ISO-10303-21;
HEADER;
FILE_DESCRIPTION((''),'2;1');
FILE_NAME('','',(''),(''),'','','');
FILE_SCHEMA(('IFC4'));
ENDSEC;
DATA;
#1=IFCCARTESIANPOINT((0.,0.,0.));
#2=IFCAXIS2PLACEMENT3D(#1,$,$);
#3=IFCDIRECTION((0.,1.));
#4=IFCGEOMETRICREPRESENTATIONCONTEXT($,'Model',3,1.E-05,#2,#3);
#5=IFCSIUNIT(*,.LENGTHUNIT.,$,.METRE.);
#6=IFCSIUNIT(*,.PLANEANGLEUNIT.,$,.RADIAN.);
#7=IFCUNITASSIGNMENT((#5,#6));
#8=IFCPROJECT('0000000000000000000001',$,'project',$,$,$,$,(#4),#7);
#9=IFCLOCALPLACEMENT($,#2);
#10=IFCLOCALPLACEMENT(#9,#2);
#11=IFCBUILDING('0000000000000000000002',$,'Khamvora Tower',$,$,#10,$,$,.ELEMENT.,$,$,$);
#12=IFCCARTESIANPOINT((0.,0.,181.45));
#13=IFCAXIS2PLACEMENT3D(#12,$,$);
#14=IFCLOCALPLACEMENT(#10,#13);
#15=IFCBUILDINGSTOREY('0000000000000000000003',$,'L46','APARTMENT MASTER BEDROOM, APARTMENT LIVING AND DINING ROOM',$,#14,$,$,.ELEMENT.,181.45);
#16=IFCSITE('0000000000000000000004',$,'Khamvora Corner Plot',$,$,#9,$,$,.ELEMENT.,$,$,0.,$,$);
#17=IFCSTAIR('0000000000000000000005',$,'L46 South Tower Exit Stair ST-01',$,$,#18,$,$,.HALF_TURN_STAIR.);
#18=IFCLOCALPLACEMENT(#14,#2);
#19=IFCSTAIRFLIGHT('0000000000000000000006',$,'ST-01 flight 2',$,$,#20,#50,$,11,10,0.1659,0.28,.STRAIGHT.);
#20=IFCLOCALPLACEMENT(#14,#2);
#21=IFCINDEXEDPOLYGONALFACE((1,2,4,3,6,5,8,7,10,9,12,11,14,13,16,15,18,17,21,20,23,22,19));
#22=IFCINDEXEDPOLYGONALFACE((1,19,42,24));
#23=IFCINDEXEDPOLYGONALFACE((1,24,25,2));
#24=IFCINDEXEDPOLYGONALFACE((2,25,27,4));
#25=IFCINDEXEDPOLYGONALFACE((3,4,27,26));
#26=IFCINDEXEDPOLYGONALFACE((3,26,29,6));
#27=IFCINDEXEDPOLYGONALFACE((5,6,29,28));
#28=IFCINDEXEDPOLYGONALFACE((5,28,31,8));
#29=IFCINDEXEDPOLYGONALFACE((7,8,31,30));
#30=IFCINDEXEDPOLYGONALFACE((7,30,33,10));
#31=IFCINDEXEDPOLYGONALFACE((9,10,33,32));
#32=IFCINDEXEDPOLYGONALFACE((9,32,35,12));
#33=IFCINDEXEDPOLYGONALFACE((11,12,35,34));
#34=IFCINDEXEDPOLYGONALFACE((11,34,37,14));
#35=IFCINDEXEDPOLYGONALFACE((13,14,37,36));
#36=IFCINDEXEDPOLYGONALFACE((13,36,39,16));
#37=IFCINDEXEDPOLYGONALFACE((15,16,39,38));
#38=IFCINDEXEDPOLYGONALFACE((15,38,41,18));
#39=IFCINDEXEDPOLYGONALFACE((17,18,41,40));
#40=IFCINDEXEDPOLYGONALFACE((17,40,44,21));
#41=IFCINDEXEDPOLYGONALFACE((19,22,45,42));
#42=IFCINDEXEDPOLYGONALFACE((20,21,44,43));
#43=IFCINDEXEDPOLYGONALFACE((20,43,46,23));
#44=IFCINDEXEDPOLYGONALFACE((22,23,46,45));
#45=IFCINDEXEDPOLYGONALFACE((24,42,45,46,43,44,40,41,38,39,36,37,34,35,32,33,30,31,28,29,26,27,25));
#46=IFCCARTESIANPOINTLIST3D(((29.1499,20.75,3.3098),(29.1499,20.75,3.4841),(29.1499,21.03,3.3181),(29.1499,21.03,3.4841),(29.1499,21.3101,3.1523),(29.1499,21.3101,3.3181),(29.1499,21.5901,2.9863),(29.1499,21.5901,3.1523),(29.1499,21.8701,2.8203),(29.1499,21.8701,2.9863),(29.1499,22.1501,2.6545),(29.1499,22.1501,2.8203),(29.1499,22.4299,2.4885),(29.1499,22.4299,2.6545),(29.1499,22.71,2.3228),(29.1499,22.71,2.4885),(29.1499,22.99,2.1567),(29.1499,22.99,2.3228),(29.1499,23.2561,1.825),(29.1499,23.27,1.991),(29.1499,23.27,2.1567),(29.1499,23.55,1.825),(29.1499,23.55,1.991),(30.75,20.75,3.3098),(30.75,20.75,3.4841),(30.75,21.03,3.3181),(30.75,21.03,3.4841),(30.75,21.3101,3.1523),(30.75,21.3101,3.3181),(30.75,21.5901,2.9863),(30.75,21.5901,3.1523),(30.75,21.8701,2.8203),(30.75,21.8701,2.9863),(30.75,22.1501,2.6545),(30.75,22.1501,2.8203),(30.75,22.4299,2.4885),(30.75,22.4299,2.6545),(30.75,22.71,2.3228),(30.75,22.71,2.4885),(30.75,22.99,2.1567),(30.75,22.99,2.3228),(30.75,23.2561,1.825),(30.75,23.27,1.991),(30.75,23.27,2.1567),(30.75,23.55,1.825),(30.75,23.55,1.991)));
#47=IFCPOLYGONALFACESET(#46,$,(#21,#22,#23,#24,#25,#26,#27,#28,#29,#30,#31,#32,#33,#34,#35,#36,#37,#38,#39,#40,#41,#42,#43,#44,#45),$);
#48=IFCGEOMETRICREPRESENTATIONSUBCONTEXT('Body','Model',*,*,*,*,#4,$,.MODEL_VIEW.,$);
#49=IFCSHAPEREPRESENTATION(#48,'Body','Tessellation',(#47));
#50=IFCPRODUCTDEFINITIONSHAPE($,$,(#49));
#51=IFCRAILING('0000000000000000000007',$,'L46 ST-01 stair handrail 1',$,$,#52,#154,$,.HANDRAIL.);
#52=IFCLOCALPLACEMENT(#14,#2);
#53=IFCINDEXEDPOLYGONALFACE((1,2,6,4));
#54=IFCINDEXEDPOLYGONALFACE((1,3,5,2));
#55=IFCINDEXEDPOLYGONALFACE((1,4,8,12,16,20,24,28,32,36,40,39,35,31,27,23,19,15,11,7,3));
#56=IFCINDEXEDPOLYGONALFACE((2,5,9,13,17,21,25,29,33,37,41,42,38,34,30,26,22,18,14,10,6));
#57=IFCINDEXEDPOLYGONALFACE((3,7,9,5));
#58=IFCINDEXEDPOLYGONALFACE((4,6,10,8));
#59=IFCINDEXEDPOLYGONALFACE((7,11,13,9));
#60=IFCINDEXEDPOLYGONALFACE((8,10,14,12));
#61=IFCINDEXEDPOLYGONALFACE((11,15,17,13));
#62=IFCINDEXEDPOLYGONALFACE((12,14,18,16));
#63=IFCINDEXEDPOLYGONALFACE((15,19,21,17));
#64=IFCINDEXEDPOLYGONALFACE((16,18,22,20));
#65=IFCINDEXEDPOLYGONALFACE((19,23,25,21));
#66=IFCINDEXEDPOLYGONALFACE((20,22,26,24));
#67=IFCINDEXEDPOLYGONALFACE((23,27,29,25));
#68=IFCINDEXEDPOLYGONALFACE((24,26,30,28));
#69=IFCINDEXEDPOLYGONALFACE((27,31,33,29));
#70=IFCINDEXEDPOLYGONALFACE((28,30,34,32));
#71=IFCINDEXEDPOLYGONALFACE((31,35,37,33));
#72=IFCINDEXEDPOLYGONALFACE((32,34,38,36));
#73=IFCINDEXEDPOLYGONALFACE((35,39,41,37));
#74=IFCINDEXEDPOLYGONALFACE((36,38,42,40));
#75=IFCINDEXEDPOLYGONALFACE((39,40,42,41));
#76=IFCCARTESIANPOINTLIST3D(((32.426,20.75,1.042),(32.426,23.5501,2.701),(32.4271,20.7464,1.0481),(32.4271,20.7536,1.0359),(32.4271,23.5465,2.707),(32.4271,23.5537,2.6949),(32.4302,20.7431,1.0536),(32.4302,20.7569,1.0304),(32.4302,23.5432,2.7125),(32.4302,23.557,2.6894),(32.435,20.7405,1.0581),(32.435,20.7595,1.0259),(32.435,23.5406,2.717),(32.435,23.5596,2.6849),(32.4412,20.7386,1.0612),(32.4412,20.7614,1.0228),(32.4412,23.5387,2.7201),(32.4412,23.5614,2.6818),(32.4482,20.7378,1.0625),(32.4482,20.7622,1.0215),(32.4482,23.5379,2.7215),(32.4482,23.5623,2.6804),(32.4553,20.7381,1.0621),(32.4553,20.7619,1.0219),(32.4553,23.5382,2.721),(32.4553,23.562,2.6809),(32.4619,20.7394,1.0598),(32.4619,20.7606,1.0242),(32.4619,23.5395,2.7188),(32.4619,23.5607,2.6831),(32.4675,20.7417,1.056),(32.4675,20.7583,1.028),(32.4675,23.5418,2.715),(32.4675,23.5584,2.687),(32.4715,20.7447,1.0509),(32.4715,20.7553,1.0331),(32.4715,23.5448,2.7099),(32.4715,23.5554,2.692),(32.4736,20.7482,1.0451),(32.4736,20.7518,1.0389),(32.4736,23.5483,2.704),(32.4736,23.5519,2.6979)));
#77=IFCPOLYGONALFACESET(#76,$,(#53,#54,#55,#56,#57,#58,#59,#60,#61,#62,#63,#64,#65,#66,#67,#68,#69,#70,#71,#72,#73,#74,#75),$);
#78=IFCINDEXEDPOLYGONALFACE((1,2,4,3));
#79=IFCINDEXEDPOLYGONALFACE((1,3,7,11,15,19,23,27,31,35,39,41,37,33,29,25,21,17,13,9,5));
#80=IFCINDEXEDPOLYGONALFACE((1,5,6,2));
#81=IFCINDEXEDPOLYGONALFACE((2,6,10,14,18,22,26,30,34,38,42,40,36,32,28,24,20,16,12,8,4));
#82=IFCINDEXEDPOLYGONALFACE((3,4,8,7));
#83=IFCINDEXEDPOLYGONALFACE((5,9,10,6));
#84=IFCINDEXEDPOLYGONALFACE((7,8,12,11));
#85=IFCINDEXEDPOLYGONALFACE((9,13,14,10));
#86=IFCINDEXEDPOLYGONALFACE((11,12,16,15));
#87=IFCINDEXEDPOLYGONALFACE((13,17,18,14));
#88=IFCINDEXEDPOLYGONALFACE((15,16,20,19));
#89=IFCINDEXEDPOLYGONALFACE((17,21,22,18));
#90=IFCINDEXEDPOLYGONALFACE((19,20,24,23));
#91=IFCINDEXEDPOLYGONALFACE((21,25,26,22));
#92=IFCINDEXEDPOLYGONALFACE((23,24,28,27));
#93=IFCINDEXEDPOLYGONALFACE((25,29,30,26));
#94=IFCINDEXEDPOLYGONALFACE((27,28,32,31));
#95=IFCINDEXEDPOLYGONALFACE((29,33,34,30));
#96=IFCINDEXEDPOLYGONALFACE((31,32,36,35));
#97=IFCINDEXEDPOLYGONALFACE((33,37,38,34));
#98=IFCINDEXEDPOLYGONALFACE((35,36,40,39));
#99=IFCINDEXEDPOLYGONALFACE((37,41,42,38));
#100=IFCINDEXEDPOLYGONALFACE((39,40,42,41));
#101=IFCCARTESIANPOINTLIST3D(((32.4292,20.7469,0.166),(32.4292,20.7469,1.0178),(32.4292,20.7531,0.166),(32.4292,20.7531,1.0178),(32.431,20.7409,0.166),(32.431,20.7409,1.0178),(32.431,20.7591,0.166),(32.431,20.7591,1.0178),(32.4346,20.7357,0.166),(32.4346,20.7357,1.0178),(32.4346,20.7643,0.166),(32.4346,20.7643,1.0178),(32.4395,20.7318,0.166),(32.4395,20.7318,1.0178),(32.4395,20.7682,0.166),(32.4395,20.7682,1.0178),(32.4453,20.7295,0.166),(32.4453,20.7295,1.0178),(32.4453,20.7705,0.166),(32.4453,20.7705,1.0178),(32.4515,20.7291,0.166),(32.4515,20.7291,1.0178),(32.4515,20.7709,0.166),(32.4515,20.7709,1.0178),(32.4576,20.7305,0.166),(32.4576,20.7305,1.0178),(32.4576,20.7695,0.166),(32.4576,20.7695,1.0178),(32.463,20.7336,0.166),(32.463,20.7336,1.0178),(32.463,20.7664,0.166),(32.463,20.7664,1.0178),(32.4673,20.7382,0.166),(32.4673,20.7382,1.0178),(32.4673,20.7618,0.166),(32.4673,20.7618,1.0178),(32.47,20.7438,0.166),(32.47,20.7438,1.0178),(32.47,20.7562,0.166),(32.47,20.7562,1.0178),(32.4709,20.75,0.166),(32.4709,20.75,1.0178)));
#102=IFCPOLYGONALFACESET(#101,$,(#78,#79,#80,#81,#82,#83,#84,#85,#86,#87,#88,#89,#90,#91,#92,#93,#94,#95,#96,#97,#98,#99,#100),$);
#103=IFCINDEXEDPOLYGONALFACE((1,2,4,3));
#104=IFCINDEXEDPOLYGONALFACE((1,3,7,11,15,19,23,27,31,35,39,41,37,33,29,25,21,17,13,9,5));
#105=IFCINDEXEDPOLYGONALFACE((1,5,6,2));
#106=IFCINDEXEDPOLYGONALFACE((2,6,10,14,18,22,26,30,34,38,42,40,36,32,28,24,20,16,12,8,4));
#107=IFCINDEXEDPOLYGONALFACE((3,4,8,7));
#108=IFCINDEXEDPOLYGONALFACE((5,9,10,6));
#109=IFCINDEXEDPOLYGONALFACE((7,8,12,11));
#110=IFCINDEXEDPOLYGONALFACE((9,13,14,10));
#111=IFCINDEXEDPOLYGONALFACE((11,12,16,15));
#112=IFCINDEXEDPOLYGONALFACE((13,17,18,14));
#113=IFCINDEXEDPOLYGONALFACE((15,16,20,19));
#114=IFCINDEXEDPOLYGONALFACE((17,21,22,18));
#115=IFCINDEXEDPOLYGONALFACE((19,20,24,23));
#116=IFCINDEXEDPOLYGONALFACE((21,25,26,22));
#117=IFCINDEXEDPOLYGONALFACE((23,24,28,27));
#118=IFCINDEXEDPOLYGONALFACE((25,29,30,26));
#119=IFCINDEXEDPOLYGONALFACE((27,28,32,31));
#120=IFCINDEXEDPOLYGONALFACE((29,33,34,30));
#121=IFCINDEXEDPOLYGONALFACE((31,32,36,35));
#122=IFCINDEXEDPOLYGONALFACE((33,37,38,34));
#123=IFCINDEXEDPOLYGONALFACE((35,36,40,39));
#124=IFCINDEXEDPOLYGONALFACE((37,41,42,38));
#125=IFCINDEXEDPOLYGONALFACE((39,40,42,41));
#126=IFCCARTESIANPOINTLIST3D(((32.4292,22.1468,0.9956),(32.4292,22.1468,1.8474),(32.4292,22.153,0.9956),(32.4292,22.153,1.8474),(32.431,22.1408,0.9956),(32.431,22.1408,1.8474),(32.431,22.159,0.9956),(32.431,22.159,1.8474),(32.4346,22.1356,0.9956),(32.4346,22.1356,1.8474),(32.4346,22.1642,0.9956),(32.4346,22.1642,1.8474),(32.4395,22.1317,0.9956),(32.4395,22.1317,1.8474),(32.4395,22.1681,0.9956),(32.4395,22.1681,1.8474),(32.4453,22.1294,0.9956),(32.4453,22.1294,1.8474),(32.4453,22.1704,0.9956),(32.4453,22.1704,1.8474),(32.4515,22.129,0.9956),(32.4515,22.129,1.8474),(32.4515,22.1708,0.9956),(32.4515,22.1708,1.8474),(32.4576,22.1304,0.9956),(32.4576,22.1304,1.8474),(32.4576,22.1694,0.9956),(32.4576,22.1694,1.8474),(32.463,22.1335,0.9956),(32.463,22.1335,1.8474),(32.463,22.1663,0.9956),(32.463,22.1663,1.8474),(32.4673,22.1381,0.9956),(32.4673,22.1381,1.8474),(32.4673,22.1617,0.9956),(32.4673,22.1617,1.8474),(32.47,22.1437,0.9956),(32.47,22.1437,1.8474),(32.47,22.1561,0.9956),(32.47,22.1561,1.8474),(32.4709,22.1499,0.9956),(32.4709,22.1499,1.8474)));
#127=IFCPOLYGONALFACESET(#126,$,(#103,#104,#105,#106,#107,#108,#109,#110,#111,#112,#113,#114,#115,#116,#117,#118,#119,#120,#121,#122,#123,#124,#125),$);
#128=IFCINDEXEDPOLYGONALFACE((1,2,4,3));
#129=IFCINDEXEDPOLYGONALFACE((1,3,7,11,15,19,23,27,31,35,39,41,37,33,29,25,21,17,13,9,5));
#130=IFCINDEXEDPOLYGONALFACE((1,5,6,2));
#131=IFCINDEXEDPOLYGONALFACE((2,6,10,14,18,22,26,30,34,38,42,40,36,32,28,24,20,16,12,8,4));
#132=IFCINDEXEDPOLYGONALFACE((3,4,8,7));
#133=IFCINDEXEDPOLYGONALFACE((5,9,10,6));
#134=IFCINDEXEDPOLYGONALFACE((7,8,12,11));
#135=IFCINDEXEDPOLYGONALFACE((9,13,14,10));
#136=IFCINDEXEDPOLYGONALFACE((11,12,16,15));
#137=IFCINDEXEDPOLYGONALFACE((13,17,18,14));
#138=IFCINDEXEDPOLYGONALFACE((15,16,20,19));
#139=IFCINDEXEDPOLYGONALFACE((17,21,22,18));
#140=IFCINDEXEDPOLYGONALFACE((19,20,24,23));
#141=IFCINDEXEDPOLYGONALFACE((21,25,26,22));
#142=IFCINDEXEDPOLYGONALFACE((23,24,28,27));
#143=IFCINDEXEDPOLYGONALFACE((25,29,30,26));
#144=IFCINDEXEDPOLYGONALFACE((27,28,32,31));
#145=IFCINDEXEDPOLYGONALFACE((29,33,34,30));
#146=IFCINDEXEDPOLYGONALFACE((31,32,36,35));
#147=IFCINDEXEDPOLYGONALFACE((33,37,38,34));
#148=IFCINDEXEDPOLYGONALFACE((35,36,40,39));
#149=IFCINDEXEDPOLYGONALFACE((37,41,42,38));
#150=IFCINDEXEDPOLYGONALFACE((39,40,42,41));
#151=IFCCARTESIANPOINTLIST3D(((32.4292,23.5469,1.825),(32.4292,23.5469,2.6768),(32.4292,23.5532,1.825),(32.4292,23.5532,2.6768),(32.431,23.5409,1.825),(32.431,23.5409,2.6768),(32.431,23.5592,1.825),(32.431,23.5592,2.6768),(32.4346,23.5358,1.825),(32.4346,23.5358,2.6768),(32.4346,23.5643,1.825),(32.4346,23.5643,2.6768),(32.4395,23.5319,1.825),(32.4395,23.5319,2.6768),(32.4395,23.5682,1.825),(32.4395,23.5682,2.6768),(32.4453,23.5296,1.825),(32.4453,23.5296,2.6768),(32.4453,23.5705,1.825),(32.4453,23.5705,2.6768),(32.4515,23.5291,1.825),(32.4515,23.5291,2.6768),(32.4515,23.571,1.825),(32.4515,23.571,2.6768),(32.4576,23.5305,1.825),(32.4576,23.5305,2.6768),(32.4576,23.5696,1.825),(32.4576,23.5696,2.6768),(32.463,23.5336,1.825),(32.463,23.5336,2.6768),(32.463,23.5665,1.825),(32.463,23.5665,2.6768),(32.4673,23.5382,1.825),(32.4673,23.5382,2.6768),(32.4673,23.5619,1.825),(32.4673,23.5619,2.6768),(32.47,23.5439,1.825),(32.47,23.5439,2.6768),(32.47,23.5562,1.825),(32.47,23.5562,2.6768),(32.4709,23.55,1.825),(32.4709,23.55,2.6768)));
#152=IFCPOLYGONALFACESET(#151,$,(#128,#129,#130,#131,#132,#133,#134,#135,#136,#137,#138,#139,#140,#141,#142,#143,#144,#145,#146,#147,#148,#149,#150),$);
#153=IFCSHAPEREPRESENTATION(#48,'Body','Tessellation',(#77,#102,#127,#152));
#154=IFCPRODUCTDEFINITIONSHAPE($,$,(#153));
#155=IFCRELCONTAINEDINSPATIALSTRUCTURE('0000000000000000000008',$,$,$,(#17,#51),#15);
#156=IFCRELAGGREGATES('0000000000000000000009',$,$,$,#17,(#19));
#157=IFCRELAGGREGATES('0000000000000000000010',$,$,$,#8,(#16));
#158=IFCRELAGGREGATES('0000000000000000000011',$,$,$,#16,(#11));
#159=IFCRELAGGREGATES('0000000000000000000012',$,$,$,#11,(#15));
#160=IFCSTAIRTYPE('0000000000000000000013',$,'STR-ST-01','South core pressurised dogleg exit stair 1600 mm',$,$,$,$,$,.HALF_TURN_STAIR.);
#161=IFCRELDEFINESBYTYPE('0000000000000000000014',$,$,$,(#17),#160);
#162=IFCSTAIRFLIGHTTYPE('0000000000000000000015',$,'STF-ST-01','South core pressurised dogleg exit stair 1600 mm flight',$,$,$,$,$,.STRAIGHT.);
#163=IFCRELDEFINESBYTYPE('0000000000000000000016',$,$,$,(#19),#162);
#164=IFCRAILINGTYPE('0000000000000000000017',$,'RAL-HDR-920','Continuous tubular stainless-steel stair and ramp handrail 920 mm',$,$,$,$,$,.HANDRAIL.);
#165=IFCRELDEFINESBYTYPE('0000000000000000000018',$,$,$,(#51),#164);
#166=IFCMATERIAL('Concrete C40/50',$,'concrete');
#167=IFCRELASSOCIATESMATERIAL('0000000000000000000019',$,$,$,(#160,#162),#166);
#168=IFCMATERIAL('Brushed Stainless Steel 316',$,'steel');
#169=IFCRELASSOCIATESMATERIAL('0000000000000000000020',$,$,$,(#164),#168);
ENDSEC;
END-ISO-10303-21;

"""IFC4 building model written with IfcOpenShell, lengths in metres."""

from ifc_helpers import new_model, si_unit, direction, frame, origin, origin_2d, place, context, subcontext, project, spatial, polyline, circle, outline, extrude, material, type_object, element, aggregate, save


model = new_model("IFC4")

# Units and contexts
model_context = context("Model", 3, precision=1e-05, world=origin(), true_north=direction((0.0, 1.0)))
body_context = subcontext(model_context, "Body", "Model", "MODEL_VIEW")
ifc_project = project(units=[si_unit("LENGTHUNIT", "METRE"), si_unit("PLANEANGLEUNIT", "RADIAN")], contexts=[model_context])

# Site, building, storey
site_placement = place(None, origin())
site = spatial("IfcSite", under=ifc_project, at=site_placement, Name="Khamvora Corner Plot", CompositionType="ELEMENT", RefElevation=0.0)
building_placement = place(site_placement, origin())
building = spatial("IfcBuilding", under=site, at=building_placement, Name="Khamvora Tower", CompositionType="ELEMENT")
storey_placement = place(building_placement, frame((0.0, 0.0, 181.45)))
storey = spatial("IfcBuildingStorey", under=building, at=storey_placement, Name="L46", Description="APARTMENT MASTER BEDROOM, APARTMENT LIVING AND DINING ROOM", CompositionType="ELEMENT", Elevation=181.45)

# Stair, stair flight
ifc_material_1 = material(Name="Concrete C40/50", Category="concrete")
stair_type = type_object("IfcStairType", Name="STR-ST-01", Description="South core pressurised dogleg exit stair 1600 mm", PredefinedType="HALF_TURN_STAIR", material=ifc_material_1)
stair_placement = place(storey_placement, origin())
stair = element("IfcStair", 1, at=stair_placement, inside=storey, type_object=stair_type, Name="L46 South Tower Exit Stair ST-01", PredefinedType="HALF_TURN_STAIR")
stair_flight_type = type_object("IfcStairFlightType", Name="STF-ST-01", Description="South core pressurised dogleg exit stair 1600 mm flight", PredefinedType="STRAIGHT", material=ifc_material_1)
stair_flight_1_placement = place(storey_placement, frame((29.95, 23.55, 1.825), z_axis=(0.0, 0.0, 1.0), x_axis=(0.0, -1.0, 0.0)))
stair_flight_1 = element("IfcStairFlight", 2, at=stair_flight_1_placement, type_object=stair_flight_type, Name="ST-01 flight 2", NumberOfRisers=11, NumberOfTreads=10, PredefinedType="STRAIGHT", RiserHeight=0.1659, TreadLength=0.28, context=body_context, shape_type="SweptSolid", body=[
    extrude(outline(polyline([(0.0, 0.0), (0.0, 0.166), (0.28, 0.166), (0.28, 0.3318), (0.5601, 0.3318), (0.5601, 0.4978), (0.8401, 0.4978), (0.8401, 0.6636), (1.1201, 0.6636), (1.1201, 0.8296), (1.3999, 0.8296), (1.3999, 0.9954), (1.6799, 0.9954), (1.6799, 1.1614), (1.96, 1.1614), (1.96, 1.3274), (2.24, 1.3274), (2.24, 1.4932), (2.52, 1.4932), (2.52, 1.6592), (2.8, 1.6592), (2.8, 1.825), (2.8, 1.4849), (0.2939, 0.0), (0.0, 0.0)])), frame((0.0, 0.8, 0.0), z_axis=(0.0, -1.0, 0.0), x_axis=(1.0, 0.0, 0.0)), (0.0, 0.0, 1.0), 1.6001),
])
aggregate(stair, [stair_flight_1])

# Railing
ifc_material_2 = material(Name="Brushed Stainless Steel 316", Category="steel")
railing_type_1 = type_object("IfcRailingType", Name="RAL-HDR-920", Description="Continuous tubular stainless-steel stair and ramp handrail 920 mm", PredefinedType="HANDRAIL", material=ifc_material_2)
railing_1_placement = place(storey_placement, frame((32.45, 20.75, 0.166)))
element("IfcRailing", 3, at=railing_1_placement, inside=storey, type_object=railing_type_1, Name="L46 ST-01 stair handrail 1", PredefinedType="HANDRAIL", context=body_context, shape_type="SweptSolid", body=[
    extrude(circle(Radius=0.0239, at=origin_2d()), frame((0.0, 0.0, 0.876), z_axis=(0.0, 0.860339, 0.509722), x_axis=(-1.0, 0.0, 0.0)), (0.0, 0.0, 1.0), 3.2546),
    extrude(circle(Radius=0.021, at=origin_2d()), origin(), (0.0, 0.0, 1.0), 0.8518),
    extrude(circle(Radius=0.021, at=origin_2d()), frame((0.0, 1.3999, 0.8296)), (0.0, 0.0, 1.0), 0.8518),
    extrude(circle(Radius=0.021, at=origin_2d()), frame((0.0, 2.8, 1.6589)), (0.0, 0.0, 1.0), 0.8518),
])

save(model, "model.ifc")
